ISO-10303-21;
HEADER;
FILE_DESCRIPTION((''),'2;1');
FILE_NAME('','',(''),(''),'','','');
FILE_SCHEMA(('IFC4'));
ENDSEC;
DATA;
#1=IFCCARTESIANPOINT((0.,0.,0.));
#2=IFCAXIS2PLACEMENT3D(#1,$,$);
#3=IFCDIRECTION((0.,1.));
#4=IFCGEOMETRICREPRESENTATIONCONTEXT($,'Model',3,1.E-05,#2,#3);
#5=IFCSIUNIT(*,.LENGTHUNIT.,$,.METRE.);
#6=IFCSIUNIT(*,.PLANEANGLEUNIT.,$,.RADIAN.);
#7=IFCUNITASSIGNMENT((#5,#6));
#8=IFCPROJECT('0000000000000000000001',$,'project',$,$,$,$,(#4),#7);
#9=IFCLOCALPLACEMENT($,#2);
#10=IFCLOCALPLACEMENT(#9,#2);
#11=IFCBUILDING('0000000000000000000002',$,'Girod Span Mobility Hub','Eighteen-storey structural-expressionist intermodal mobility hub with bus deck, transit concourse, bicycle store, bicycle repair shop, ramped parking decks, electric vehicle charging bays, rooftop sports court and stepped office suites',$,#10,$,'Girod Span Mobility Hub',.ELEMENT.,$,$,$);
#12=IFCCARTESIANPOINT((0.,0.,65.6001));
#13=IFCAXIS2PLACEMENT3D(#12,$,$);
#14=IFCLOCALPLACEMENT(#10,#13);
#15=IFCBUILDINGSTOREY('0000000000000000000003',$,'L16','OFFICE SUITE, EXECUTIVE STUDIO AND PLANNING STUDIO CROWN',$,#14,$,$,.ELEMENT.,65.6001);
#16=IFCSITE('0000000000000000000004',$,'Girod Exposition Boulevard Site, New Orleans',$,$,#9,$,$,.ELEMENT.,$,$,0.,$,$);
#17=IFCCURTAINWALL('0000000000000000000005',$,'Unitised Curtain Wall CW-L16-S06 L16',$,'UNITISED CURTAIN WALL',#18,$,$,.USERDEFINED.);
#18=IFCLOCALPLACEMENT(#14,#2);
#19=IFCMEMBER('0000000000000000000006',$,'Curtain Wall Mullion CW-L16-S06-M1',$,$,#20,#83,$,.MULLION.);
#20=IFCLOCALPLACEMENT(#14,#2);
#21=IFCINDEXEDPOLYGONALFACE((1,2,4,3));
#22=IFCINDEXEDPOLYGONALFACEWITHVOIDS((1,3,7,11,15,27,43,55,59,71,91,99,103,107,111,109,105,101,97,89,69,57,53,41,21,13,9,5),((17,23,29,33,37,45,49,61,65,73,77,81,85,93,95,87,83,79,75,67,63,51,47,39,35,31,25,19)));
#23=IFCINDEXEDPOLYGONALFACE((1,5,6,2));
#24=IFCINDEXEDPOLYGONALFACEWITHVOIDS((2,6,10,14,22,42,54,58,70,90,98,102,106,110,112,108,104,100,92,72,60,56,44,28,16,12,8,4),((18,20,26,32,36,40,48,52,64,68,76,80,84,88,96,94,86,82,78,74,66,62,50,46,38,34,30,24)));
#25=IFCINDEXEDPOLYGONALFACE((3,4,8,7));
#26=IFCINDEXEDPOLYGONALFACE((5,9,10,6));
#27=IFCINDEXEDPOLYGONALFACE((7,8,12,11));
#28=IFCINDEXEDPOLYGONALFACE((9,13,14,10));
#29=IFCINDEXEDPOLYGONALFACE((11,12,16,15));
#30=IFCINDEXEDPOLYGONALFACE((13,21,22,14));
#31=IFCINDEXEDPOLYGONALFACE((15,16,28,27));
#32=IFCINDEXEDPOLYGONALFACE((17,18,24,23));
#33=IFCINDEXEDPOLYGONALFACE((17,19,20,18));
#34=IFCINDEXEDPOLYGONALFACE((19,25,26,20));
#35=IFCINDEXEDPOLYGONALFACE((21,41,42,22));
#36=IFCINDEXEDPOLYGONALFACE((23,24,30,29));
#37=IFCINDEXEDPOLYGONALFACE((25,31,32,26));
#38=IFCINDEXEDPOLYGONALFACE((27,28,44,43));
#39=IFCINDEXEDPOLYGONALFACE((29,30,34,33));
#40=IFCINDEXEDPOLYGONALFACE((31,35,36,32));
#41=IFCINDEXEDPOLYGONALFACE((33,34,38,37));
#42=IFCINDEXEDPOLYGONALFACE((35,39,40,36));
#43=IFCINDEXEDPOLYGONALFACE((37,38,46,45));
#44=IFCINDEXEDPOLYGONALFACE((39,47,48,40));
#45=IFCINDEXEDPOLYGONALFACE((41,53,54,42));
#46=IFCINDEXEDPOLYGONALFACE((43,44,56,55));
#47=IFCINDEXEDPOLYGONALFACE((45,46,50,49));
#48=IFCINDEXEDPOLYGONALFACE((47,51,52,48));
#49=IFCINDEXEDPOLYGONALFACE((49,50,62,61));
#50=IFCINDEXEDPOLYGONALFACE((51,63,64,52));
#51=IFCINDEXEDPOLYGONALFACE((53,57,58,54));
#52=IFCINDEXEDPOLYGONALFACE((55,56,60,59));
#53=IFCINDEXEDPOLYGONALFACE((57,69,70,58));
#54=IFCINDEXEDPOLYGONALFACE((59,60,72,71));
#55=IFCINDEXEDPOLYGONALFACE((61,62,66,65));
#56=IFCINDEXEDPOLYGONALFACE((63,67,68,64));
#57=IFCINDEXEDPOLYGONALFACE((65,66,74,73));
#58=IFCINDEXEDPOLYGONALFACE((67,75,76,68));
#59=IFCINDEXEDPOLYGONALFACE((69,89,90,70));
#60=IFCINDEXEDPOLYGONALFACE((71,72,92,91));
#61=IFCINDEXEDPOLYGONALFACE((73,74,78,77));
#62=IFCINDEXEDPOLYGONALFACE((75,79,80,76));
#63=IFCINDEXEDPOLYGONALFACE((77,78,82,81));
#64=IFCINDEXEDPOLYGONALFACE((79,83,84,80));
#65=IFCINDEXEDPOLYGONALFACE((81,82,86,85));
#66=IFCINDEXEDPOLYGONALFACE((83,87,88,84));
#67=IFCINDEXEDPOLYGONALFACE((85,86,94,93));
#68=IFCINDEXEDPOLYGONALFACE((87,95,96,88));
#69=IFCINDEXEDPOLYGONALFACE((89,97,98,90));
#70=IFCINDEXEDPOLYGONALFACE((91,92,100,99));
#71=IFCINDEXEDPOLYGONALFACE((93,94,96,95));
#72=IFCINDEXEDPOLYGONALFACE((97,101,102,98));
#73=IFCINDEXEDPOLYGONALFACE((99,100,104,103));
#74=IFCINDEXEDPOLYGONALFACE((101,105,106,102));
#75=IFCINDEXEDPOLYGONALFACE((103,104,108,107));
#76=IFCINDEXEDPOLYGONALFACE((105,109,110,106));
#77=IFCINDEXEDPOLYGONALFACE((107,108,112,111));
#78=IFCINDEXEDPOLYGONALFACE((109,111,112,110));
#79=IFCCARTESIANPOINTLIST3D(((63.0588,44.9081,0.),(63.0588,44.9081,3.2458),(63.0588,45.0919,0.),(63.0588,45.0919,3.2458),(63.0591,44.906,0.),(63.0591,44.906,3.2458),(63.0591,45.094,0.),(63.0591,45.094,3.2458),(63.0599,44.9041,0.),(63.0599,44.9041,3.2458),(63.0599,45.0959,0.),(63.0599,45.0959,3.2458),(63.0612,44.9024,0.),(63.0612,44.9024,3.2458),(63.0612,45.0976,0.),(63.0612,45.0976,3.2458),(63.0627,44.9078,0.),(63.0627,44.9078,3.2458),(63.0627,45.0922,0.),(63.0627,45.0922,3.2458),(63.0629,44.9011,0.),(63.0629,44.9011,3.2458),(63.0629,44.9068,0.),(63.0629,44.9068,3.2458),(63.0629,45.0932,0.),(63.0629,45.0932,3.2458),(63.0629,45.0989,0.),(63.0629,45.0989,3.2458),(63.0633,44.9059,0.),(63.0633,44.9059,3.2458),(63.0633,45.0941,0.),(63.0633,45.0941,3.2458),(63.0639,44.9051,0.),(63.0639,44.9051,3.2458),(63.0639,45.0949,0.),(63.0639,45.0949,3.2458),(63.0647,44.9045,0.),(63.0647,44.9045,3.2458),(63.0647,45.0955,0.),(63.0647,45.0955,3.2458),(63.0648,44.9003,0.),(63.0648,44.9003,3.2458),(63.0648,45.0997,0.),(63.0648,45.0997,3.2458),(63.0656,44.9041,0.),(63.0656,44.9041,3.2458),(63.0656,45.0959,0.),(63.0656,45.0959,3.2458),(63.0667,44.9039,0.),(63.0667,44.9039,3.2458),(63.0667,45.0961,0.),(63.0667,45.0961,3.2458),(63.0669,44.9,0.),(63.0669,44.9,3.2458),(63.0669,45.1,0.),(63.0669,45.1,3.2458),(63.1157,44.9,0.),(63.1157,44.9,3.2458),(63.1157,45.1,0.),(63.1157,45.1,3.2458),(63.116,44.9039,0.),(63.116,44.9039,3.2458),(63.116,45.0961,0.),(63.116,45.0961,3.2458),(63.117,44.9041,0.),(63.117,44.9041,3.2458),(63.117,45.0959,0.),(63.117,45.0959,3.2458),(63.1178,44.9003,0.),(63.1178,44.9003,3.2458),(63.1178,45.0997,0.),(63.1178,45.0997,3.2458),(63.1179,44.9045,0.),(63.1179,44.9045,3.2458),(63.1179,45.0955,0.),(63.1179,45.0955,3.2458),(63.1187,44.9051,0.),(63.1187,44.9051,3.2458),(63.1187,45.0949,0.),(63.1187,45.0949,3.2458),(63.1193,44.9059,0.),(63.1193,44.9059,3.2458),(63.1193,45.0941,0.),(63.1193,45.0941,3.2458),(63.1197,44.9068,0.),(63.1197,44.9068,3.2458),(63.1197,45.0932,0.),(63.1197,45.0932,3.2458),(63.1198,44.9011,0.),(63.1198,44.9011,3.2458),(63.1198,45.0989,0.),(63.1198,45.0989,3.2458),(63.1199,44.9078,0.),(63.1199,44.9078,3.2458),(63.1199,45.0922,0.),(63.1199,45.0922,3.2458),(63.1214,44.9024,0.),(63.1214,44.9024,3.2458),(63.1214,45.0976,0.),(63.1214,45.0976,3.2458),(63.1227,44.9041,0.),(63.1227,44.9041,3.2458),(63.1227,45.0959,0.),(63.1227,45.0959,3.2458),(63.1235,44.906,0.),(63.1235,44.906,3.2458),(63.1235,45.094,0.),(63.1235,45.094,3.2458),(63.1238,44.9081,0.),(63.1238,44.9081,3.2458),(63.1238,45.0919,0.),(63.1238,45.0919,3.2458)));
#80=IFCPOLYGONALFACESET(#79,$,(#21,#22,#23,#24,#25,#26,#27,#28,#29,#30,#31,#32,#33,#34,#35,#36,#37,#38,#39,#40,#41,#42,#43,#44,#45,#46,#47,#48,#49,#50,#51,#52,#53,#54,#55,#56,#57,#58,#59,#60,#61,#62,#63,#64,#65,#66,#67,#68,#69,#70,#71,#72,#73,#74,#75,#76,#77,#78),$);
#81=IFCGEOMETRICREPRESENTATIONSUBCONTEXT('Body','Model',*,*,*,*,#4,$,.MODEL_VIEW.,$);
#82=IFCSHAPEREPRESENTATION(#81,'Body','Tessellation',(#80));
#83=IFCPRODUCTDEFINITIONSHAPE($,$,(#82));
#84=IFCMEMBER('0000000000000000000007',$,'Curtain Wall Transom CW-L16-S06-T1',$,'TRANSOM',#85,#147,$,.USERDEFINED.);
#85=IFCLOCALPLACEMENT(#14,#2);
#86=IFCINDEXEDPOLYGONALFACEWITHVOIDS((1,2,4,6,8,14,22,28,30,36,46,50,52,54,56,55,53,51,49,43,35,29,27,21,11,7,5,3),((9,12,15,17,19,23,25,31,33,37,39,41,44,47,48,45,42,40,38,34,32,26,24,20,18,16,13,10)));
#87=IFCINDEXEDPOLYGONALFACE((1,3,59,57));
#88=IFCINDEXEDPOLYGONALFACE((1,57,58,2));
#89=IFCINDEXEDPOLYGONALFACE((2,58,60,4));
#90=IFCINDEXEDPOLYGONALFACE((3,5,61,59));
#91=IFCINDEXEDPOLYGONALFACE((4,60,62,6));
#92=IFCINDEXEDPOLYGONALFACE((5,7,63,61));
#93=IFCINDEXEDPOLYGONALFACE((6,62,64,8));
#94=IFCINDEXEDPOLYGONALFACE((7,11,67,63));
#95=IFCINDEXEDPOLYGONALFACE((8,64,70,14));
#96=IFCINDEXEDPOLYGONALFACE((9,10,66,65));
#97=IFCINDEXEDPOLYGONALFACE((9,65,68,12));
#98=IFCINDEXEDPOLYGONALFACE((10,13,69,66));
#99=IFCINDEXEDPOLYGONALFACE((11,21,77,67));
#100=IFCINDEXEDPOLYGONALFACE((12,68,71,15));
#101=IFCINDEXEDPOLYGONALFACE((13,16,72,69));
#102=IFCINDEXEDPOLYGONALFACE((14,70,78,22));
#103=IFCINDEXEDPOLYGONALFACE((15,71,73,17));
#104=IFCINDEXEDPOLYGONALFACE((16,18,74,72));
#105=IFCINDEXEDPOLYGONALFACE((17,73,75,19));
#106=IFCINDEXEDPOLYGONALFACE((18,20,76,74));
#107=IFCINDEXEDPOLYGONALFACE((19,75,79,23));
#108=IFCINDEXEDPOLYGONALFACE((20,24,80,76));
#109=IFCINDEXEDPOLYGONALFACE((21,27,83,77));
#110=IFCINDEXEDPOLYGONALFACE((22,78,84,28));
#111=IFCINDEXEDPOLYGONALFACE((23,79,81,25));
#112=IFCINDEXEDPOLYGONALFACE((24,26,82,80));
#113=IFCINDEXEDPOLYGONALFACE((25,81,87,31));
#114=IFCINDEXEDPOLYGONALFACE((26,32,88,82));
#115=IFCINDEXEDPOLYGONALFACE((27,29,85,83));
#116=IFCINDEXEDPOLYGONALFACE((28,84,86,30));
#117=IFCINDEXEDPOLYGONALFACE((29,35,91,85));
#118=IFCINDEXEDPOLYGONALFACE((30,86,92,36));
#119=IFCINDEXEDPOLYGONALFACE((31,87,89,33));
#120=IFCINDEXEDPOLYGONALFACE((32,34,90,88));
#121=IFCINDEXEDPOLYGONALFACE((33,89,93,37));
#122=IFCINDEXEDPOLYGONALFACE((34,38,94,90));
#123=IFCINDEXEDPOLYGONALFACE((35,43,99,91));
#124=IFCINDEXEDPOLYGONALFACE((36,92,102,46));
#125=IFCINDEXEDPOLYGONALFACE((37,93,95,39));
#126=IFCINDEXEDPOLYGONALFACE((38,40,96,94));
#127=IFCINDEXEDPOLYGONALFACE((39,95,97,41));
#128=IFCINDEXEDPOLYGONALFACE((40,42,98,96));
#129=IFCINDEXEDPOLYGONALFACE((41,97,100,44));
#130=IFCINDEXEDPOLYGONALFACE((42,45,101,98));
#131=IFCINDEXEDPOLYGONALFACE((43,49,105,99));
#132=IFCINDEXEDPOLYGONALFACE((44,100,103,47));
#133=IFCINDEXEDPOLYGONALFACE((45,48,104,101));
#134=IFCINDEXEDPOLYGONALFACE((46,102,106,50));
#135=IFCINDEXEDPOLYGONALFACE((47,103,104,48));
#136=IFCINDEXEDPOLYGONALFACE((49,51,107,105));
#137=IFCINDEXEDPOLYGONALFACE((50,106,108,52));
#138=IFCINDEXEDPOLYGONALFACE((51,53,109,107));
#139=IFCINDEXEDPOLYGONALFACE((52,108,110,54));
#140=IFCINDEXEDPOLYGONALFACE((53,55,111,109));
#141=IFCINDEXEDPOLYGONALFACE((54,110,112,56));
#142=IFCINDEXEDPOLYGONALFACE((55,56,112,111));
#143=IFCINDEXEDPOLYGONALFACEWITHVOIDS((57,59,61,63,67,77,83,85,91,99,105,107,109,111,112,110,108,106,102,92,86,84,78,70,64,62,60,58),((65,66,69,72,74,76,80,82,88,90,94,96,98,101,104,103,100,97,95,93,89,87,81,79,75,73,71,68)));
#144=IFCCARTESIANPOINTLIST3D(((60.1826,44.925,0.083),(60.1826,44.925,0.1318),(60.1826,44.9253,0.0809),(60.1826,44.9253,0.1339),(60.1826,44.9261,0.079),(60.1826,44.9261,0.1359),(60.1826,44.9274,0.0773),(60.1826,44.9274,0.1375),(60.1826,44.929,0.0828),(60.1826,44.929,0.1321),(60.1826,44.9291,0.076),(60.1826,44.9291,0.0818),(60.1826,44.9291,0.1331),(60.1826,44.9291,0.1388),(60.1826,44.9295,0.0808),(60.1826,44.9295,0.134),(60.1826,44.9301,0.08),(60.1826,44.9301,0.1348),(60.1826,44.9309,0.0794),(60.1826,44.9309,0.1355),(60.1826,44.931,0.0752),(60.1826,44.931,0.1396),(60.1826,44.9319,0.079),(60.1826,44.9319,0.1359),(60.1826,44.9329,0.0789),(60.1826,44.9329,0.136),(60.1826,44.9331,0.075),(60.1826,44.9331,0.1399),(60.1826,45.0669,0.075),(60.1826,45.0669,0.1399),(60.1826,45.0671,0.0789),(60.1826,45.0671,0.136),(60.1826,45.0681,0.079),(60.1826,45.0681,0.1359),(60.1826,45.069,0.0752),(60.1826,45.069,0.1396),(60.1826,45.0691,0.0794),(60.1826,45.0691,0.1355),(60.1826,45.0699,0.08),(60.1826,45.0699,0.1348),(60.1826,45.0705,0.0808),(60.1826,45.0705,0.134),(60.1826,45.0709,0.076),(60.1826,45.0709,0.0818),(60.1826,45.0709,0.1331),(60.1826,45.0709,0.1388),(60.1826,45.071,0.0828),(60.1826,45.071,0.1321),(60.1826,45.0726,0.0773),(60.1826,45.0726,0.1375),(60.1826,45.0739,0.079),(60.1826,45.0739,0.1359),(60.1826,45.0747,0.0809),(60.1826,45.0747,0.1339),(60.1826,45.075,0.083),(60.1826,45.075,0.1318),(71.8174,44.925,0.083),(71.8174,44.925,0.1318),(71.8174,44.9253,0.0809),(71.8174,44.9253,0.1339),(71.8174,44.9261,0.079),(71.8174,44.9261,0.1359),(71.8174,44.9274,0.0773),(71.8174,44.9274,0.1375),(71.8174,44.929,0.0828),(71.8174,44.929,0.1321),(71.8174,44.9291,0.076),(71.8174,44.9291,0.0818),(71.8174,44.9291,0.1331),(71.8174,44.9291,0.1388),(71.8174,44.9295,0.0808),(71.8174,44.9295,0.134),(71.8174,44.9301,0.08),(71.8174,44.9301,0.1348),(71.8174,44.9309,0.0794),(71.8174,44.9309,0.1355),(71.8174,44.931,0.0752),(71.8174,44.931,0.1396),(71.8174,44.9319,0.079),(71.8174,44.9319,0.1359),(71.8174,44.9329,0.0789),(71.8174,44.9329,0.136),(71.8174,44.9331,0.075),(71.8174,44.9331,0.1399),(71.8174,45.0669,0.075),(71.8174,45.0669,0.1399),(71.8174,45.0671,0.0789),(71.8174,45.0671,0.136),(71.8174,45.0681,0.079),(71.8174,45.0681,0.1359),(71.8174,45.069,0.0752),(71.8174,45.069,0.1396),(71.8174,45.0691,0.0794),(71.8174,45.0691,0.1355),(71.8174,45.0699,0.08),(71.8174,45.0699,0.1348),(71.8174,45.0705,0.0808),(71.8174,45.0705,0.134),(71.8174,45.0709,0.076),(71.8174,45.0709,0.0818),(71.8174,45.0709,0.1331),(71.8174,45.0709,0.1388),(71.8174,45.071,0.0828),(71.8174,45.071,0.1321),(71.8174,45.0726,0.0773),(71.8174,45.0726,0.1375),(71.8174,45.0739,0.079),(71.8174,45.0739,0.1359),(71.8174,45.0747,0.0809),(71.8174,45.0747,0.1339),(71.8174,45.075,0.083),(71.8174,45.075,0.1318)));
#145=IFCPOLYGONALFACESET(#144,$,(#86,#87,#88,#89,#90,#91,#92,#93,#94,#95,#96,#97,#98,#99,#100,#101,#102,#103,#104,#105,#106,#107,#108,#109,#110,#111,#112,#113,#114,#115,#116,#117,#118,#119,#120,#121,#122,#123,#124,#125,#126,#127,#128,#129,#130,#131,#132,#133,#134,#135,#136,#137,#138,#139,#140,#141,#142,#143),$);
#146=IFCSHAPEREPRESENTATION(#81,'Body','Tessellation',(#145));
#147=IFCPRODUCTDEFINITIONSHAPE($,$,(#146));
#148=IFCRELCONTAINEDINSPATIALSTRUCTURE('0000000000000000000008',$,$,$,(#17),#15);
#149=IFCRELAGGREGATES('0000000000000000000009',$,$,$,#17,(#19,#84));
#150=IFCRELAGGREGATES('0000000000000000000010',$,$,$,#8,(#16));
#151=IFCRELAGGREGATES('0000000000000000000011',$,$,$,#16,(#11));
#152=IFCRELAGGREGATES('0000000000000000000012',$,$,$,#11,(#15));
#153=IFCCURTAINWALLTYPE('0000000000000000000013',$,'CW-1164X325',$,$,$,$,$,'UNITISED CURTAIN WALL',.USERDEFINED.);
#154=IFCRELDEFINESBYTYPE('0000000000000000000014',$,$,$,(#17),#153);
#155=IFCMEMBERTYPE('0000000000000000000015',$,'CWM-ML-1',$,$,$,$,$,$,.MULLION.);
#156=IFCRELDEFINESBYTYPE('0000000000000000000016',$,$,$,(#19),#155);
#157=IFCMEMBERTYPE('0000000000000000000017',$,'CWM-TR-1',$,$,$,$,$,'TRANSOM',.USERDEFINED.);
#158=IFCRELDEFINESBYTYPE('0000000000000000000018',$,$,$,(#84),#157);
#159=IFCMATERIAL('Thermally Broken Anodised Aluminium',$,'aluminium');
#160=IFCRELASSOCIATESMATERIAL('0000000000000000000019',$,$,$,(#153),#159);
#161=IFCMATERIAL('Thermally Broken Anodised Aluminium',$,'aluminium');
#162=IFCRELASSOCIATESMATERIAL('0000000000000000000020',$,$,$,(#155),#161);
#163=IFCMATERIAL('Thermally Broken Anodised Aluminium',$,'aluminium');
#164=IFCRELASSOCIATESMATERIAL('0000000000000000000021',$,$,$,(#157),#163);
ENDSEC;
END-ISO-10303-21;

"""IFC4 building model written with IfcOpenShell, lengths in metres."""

from ifc_helpers import new_model, si_unit, direction, frame, origin, origin_2d, place, context, subcontext, project, spatial, hollow_rectangle, extrude, material, material_profile, profile_set, type_object, element, aggregate, save


model = new_model("IFC4")

# Units and contexts
model_context = context("Model", 3, precision=1e-05, world=origin(), true_north=direction((0.0, 1.0)))
body_context = subcontext(model_context, "Body", "Model", "MODEL_VIEW")
ifc_project = project(units=[si_unit("LENGTHUNIT", "METRE"), si_unit("PLANEANGLEUNIT", "RADIAN")], contexts=[model_context])

# Site, building, storey
site_placement = place(None, origin())
site = spatial("IfcSite", under=ifc_project, at=site_placement, Name="Girod Exposition Boulevard Site, New Orleans", CompositionType="ELEMENT", RefElevation=0.0)
building_placement = place(site_placement, origin())
building = spatial("IfcBuilding", under=site, at=building_placement, Name="Girod Span Mobility Hub", Description="Eighteen-storey structural-expressionist intermodal mobility hub with bus deck, transit concourse, bicycle store, bicycle repair shop, ramped parking decks, electric vehicle charging bays, rooftop sports court and stepped office suites", LongName="Girod Span Mobility Hub", CompositionType="ELEMENT")
storey_placement = place(building_placement, frame((0.0, 0.0, 65.6001)))
storey = spatial("IfcBuildingStorey", under=building, at=storey_placement, Name="L16", Description="OFFICE SUITE, EXECUTIVE STUDIO AND PLANNING STUDIO CROWN", CompositionType="ELEMENT", Elevation=65.6001)

# Curtain wall, members
ifc_material_1 = material(Name="Thermally Broken Anodised Aluminium", Category="aluminium")
curtain_wall_type = type_object("IfcCurtainWallType", Name="CW-1164X325", ElementType="UNITISED CURTAIN WALL", PredefinedType="USERDEFINED", material=ifc_material_1)
curtain_wall_placement = place(storey_placement, origin())
curtain_wall = element("IfcCurtainWall", 1, at=curtain_wall_placement, inside=storey, type_object=curtain_wall_type, Name="Unitised Curtain Wall CW-L16-S06 L16", ObjectType="UNITISED CURTAIN WALL", PredefinedType="USERDEFINED")
ifc_material_2 = material(Name="Thermally Broken Anodised Aluminium", Category="aluminium")
ifc_material_profile_1 = material_profile(ifc_material_2, hollow_rectangle(XDim=0.2, YDim=0.0649, WallThickness=0.0039, InnerFilletRadius=0.0039, OuterFilletRadius=0.0081, at=origin_2d()), Name="CW-ML-65X200")
ifc_profile_set_1 = profile_set([ifc_material_profile_1], Name="Thermally Broken Anodised Aluminium")
member_type_1 = type_object("IfcMemberType", Name="CWM-ML-1", PredefinedType="MULLION", material=ifc_profile_set_1)
member_1_placement = place(storey_placement, frame((63.0913, 45.0, 0.0), z_axis=(0.0, 0.0, 1.0), x_axis=(0.0, 1.0, 0.0)))
member_1 = element("IfcMember", 2, at=member_1_placement, type_object=member_type_1, Name="Curtain Wall Mullion CW-L16-S06-M1", PredefinedType="MULLION", context=body_context, shape_type="SweptSolid", body=[
    extrude(hollow_rectangle(XDim=0.2, YDim=0.0649, WallThickness=0.0039, InnerFilletRadius=0.0039, OuterFilletRadius=0.0081, at=origin_2d()), origin(), (0.0, 0.0, 1.0), 3.2458),
])
ifc_material_3 = material(Name="Thermally Broken Anodised Aluminium", Category="aluminium")
ifc_material_profile_2 = material_profile(ifc_material_3, hollow_rectangle(XDim=0.1499, YDim=0.0649, WallThickness=0.0039, InnerFilletRadius=0.0039, OuterFilletRadius=0.0081, at=origin_2d()), Name="CW-TR-65X150")
ifc_profile_set_2 = profile_set([ifc_material_profile_2], Name="Thermally Broken Anodised Aluminium")
member_type_2 = type_object("IfcMemberType", Name="CWM-TR-1", ElementType="TRANSOM", PredefinedType="USERDEFINED", material=ifc_profile_set_2)
member_2_placement = place(storey_placement, frame((60.1826, 45.0, 0.1074), z_axis=(1.0, 0.0, 0.0), x_axis=(0.0, 1.0, 0.0)))
member_2 = element("IfcMember", 3, at=member_2_placement, type_object=member_type_2, Name="Curtain Wall Transom CW-L16-S06-T1", ObjectType="TRANSOM", PredefinedType="USERDEFINED", context=body_context, shape_type="SweptSolid", body=[
    extrude(hollow_rectangle(XDim=0.1499, YDim=0.0649, WallThickness=0.0039, InnerFilletRadius=0.0039, OuterFilletRadius=0.0081, at=origin_2d()), origin(), (0.0, 0.0, 1.0), 11.6348),
])

aggregate(curtain_wall, [member_1, member_2])

save(model, "model.ifc")
